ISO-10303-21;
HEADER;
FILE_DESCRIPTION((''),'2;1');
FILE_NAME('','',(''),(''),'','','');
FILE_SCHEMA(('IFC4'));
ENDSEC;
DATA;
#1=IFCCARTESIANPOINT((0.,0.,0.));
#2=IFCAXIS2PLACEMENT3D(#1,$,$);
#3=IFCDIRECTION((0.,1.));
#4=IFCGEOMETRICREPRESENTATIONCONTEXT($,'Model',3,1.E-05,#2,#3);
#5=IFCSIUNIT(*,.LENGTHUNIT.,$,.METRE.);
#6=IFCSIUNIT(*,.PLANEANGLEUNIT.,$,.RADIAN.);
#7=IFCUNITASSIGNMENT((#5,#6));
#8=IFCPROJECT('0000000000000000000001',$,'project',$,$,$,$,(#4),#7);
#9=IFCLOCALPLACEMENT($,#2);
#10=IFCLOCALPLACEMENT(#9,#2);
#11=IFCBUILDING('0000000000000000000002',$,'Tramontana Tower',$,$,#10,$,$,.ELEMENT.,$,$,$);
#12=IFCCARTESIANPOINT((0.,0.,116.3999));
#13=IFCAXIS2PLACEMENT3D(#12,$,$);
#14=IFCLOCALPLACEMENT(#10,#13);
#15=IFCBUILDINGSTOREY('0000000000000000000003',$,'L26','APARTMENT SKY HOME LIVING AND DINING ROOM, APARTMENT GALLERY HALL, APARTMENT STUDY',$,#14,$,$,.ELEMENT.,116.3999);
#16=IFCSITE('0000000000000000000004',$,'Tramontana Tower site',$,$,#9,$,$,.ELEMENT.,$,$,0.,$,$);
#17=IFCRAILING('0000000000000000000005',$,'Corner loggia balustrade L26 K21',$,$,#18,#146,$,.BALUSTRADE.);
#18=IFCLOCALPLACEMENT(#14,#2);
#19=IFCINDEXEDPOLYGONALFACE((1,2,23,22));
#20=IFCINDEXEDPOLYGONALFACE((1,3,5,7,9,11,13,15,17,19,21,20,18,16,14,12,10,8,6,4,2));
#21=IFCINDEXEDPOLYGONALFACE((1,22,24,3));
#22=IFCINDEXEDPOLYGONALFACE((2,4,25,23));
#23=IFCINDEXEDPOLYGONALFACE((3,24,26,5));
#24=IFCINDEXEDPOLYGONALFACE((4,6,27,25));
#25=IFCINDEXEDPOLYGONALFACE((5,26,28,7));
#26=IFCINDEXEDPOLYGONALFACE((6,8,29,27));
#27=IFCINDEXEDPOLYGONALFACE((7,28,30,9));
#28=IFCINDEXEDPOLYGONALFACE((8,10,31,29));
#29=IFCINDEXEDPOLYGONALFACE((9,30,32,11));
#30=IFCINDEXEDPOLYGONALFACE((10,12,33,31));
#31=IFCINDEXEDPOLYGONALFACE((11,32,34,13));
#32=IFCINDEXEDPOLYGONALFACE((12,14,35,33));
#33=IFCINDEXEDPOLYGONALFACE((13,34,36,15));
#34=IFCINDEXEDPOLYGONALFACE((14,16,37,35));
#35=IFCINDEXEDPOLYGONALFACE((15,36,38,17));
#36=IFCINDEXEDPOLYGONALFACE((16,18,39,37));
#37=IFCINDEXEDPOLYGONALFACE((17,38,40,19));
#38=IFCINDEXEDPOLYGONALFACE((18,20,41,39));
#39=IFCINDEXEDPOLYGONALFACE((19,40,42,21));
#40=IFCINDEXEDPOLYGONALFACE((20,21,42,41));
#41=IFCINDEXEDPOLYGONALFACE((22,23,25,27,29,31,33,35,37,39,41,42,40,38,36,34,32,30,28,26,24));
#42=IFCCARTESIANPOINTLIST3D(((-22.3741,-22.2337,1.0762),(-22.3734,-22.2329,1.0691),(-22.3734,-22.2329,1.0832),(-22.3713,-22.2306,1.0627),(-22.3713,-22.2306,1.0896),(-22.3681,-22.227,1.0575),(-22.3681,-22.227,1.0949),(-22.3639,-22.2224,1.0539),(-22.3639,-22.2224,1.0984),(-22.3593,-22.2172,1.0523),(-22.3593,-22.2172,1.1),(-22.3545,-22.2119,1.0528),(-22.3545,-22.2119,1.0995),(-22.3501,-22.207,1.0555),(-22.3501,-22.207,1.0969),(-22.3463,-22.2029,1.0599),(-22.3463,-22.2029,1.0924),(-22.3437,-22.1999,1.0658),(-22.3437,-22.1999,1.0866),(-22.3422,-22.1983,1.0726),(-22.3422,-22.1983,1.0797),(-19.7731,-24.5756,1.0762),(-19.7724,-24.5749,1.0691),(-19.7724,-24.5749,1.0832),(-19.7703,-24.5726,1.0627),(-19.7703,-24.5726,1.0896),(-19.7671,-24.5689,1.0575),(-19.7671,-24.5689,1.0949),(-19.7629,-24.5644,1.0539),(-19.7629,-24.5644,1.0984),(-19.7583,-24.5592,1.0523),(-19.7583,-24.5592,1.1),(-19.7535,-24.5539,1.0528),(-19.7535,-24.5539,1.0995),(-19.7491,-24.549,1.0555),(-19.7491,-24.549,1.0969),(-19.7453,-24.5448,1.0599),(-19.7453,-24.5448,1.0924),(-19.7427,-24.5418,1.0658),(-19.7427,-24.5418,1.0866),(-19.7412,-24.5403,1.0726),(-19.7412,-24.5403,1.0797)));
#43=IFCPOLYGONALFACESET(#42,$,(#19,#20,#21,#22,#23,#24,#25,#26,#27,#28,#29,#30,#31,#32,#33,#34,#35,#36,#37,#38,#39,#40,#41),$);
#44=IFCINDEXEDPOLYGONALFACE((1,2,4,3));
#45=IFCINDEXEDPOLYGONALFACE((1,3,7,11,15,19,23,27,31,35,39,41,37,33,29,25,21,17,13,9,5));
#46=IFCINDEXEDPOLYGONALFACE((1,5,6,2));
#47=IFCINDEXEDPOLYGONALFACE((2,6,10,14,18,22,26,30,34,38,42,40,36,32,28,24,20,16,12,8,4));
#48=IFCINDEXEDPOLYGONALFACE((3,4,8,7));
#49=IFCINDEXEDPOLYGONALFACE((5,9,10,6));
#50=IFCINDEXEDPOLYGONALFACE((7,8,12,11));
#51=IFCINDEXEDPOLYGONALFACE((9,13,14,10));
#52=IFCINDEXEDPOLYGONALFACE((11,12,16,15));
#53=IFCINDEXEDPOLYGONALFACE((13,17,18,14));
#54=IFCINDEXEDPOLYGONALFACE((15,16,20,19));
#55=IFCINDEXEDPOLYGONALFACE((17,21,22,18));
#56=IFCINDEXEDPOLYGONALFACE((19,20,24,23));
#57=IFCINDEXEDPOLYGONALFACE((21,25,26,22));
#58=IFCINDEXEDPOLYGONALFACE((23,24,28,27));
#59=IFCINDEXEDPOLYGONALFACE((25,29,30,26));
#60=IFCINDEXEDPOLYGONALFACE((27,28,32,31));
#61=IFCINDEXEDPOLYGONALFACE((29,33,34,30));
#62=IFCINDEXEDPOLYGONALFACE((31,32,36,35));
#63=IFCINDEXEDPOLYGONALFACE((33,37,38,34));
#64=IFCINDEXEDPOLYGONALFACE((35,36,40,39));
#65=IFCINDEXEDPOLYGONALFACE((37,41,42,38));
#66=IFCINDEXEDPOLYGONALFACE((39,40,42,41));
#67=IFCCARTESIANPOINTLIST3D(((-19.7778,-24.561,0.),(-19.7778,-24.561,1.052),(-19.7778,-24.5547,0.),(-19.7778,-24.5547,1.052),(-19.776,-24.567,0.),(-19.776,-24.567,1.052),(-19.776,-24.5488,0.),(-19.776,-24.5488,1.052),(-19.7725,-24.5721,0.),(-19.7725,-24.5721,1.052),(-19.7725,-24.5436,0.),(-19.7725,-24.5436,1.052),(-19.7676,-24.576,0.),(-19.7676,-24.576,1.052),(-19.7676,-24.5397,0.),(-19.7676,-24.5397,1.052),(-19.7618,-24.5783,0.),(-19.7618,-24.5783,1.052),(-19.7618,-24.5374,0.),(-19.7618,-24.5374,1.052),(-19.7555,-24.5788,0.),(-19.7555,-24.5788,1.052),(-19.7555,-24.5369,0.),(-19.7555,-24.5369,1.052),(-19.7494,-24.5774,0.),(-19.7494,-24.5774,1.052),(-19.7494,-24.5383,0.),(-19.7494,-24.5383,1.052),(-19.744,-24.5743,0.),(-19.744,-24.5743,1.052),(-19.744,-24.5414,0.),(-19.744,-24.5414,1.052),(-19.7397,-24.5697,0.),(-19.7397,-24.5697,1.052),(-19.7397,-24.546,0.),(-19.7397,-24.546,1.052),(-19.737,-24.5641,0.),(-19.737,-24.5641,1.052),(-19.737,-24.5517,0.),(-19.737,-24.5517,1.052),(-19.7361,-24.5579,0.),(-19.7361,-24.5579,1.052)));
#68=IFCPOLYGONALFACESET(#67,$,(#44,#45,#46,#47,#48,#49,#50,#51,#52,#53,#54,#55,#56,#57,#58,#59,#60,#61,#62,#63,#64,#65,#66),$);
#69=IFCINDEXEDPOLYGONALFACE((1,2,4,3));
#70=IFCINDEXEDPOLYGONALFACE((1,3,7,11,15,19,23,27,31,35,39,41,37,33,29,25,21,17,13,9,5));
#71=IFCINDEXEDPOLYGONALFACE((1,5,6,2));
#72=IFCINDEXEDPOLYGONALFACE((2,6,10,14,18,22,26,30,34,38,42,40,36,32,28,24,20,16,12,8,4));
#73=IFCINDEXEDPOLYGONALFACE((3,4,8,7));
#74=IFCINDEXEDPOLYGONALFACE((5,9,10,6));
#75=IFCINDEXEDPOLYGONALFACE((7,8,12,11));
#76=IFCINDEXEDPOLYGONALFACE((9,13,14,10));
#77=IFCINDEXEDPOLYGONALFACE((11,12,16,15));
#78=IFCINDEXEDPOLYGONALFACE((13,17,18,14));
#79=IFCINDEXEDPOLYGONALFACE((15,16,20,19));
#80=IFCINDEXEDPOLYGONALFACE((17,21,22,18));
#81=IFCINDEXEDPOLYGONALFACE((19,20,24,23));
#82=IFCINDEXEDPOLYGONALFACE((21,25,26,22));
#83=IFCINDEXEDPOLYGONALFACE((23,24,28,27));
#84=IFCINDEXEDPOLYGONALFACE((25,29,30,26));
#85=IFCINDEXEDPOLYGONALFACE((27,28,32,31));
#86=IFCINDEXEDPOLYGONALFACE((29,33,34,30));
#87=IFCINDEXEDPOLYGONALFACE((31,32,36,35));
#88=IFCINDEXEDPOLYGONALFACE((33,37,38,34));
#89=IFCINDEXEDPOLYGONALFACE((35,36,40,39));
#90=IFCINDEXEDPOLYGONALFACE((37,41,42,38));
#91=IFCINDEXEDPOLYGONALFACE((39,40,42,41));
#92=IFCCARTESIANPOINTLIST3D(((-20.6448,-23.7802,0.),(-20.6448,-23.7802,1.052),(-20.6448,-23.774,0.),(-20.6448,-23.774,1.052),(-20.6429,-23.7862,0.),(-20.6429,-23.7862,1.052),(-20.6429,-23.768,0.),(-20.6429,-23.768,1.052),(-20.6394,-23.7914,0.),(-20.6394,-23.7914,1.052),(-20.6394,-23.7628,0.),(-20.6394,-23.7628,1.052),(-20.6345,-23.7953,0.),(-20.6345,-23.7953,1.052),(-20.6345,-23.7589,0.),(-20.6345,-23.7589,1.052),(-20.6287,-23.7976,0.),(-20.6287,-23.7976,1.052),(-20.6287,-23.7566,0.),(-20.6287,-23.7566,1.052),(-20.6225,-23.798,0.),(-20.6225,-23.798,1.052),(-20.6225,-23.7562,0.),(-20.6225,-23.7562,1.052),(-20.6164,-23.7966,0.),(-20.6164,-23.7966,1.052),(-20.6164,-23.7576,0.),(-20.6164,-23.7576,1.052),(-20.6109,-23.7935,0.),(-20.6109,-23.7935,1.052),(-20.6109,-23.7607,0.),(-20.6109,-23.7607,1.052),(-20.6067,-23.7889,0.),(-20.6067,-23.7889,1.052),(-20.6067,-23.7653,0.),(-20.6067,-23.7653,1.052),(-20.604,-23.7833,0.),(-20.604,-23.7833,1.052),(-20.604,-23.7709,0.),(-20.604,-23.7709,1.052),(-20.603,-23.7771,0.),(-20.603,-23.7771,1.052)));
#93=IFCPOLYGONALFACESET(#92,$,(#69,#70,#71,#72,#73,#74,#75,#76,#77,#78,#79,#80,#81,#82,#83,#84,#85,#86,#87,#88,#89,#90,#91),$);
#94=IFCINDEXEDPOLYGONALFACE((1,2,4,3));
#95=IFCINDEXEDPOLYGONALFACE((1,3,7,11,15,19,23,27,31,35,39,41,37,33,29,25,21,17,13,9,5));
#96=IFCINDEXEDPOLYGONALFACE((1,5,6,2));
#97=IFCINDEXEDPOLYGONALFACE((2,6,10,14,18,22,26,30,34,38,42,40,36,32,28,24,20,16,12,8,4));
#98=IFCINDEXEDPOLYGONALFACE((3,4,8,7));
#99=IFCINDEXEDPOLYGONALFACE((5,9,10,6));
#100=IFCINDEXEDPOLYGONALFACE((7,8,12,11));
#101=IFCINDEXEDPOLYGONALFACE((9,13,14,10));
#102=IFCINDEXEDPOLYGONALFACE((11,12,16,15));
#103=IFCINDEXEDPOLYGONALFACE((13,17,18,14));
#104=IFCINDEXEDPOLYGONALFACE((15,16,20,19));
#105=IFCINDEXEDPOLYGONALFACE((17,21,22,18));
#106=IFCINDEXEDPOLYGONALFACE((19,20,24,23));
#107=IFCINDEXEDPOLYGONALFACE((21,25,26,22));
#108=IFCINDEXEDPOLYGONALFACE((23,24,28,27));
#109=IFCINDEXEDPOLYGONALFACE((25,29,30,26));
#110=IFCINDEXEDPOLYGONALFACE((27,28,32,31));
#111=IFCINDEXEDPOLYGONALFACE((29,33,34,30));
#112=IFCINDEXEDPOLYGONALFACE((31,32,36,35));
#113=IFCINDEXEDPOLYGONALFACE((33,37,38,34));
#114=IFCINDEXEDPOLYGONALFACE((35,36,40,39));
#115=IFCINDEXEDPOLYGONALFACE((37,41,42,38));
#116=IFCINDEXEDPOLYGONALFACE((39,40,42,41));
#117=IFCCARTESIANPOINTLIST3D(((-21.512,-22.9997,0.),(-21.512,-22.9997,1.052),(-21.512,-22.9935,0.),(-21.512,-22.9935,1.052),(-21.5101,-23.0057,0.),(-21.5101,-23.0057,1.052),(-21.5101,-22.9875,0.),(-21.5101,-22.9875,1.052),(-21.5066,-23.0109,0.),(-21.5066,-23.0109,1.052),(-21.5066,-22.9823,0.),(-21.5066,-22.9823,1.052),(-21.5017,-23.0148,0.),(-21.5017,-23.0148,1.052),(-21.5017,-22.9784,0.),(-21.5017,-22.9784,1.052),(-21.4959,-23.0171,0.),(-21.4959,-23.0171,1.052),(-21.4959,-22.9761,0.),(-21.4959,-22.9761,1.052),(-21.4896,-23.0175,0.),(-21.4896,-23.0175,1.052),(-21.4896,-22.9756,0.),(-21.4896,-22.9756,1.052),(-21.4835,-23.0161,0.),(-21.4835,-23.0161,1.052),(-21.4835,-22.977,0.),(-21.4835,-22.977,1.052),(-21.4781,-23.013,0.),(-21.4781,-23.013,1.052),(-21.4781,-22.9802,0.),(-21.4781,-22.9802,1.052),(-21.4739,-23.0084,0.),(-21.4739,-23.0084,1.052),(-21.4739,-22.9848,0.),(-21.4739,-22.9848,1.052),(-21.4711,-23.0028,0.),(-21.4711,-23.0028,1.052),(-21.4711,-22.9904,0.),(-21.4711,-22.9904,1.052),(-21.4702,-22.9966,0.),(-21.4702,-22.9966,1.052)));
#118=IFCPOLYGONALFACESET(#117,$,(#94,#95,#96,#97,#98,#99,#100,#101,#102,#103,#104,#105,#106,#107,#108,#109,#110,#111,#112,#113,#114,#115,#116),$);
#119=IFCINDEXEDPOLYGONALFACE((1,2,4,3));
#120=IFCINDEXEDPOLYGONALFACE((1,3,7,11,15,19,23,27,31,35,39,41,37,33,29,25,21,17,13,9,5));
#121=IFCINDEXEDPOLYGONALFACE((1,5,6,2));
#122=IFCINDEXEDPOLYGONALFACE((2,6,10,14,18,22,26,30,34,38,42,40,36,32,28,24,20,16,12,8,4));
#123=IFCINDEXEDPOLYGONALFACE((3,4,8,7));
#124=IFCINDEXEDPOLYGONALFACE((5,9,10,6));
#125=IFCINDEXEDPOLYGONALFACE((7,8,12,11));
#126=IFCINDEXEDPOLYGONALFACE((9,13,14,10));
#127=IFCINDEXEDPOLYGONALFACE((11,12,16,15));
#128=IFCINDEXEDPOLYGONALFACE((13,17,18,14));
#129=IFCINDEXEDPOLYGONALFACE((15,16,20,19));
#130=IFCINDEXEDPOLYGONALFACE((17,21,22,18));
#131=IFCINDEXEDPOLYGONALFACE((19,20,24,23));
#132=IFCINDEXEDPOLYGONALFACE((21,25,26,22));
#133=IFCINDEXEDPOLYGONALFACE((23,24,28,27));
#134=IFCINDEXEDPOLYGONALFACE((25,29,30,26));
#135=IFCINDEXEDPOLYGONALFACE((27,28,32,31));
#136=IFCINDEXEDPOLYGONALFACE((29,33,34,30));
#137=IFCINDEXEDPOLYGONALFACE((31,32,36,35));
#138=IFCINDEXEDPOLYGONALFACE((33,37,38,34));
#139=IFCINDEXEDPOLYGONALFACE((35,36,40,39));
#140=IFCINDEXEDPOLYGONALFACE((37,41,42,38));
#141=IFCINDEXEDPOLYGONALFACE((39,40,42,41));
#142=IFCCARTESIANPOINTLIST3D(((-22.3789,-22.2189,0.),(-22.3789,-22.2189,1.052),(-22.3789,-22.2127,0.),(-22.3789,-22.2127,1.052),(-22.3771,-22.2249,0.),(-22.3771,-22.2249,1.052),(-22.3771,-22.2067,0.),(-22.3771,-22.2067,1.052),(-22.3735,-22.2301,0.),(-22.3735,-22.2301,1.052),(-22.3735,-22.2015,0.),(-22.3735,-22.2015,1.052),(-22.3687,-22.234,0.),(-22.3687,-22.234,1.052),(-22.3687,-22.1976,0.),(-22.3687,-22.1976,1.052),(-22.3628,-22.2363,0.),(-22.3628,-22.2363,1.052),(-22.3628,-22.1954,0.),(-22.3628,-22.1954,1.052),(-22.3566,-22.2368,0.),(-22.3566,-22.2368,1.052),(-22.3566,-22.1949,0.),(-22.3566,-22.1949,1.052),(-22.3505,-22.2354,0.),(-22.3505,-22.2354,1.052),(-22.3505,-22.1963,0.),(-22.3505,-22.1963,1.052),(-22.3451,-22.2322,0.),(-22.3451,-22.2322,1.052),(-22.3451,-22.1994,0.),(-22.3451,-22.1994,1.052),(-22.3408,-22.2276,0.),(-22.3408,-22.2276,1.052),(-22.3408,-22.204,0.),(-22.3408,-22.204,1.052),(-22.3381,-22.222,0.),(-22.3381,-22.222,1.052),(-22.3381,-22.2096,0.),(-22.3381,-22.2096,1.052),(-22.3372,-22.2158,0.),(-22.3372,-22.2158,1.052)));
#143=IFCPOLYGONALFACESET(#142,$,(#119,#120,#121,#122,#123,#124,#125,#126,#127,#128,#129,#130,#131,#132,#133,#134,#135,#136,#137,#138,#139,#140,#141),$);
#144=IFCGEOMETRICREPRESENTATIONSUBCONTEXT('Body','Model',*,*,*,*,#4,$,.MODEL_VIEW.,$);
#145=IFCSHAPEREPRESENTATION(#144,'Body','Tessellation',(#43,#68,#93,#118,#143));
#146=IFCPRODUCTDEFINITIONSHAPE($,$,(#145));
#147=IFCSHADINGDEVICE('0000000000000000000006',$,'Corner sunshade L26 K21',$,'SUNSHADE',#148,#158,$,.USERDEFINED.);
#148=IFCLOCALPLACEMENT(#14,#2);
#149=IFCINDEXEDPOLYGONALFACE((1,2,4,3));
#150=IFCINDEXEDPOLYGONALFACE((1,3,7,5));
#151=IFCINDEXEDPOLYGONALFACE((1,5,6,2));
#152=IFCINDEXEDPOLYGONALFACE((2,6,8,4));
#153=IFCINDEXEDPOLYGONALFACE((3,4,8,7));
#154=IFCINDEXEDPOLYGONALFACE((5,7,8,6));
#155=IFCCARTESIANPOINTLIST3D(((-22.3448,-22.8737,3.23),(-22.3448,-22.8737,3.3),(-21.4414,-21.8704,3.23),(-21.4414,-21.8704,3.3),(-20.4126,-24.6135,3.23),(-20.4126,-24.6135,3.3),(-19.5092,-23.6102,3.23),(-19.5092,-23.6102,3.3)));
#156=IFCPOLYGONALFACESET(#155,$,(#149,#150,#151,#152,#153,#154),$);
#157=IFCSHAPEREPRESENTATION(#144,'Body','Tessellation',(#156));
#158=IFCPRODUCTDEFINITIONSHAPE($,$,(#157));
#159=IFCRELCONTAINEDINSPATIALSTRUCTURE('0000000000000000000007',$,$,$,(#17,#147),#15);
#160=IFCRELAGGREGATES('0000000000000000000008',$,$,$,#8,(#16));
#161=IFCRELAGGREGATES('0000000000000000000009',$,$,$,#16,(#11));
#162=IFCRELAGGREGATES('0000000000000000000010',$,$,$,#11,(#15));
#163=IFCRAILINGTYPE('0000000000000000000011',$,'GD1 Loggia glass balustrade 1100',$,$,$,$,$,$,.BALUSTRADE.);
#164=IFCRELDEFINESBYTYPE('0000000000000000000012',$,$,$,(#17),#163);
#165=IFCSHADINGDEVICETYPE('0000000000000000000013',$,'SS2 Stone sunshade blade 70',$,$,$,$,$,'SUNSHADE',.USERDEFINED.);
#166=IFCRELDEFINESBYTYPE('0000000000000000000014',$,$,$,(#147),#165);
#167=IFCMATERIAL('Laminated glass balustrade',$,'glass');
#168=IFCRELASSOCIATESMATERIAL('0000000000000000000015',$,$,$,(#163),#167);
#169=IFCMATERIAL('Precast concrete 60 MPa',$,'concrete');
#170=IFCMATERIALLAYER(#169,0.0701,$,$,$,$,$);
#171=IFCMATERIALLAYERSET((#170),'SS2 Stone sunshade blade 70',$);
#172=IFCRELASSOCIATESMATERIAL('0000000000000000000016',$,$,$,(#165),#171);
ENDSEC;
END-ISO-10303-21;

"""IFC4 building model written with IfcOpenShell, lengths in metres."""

from ifc_helpers import new_model, si_unit, direction, frame, origin, origin_2d, place, context, subcontext, project, spatial, rectangle, circle, extrude, material, layer, layer_set, type_object, element, save


model = new_model("IFC4")

# Units and contexts
model_context = context("Model", 3, precision=1e-05, world=origin(), true_north=direction((0.0, 1.0)))
body_context = subcontext(model_context, "Body", "Model", "MODEL_VIEW")
ifc_project = project(units=[si_unit("LENGTHUNIT", "METRE"), si_unit("PLANEANGLEUNIT", "RADIAN")], contexts=[model_context])

# Site, building, storey
site_placement = place(None, origin())
site = spatial("IfcSite", under=ifc_project, at=site_placement, Name="Tramontana Tower site", CompositionType="ELEMENT", RefElevation=0.0)
building_placement = place(site_placement, origin())
building = spatial("IfcBuilding", under=site, at=building_placement, Name="Tramontana Tower", CompositionType="ELEMENT")
storey_placement = place(building_placement, frame((0.0, 0.0, 116.3999)))
storey = spatial("IfcBuildingStorey", under=building, at=storey_placement, Name="L26", Description="APARTMENT SKY HOME LIVING AND DINING ROOM, APARTMENT GALLERY HALL, APARTMENT STUDY", CompositionType="ELEMENT", Elevation=116.3999)

# Railing
ifc_material_1 = material(Name="Laminated glass balustrade", Category="glass")
railing_type = type_object("IfcRailingType", Name="GD1 Loggia glass balustrade 1100", PredefinedType="BALUSTRADE", material=ifc_material_1)
railing_1_placement = place(storey_placement, frame((-19.7571, -24.5579, 0.0)))
element("IfcRailing", 1, at=railing_1_placement, inside=storey, type_object=railing_type, Name="Corner loggia balustrade L26 K21", PredefinedType="BALUSTRADE", context=body_context, shape_type="SweptSolid", body=[
    extrude(circle(Radius=0.0239, at=origin_2d()), frame((0.0, 0.0, 1.0762), z_axis=(-0.743142, 0.669134, 0.0), x_axis=(-0.669134, -0.743142, 0.0)), (0.0, 0.0, 1.0), 3.5),
    extrude(circle(Radius=0.021, at=origin_2d()), origin(), (0.0, 0.0, 1.0), 1.052),
    extrude(circle(Radius=0.021, at=origin_2d()), frame((-0.8669, 0.7808, 0.0)), (0.0, 0.0, 1.0), 1.052),
    extrude(circle(Radius=0.021, at=origin_2d()), frame((-1.7341, 1.5613, 0.0)), (0.0, 0.0, 1.0), 1.052),
    extrude(circle(Radius=0.021, at=origin_2d()), frame((-2.6011, 2.342, 0.0)), (0.0, 0.0, 1.0), 1.052),
])

# Shading device
ifc_material_2 = material(Name="Precast concrete 60 MPa", Category="concrete")
ifc_layer_1 = layer(ifc_material_2, 0.0701)
ifc_layer_set_1 = layer_set([ifc_layer_1], Name="SS2 Stone sunshade blade 70")
shading_device_type = type_object("IfcShadingDeviceType", Name="SS2 Stone sunshade blade 70", ElementType="SUNSHADE", PredefinedType="USERDEFINED", material=ifc_layer_set_1)
shading_device_placement = place(storey_placement, frame((-20.927, -23.2419, 3.23), z_axis=(0.0, 0.0, 1.0), x_axis=(-0.743145, 0.669131, 0.0)))
element("IfcShadingDevice", 2, at=shading_device_placement, inside=storey, type_object=shading_device_type, Name="Corner sunshade L26 K21", ObjectType="SUNSHADE", PredefinedType="USERDEFINED", context=body_context, shape_type="SweptSolid", body=[
    extrude(rectangle(XDim=2.6001, YDim=1.3501, at=origin_2d()), origin(), (0.0, 0.0, 1.0), 0.0701),
])

save(model, "model.ifc")
